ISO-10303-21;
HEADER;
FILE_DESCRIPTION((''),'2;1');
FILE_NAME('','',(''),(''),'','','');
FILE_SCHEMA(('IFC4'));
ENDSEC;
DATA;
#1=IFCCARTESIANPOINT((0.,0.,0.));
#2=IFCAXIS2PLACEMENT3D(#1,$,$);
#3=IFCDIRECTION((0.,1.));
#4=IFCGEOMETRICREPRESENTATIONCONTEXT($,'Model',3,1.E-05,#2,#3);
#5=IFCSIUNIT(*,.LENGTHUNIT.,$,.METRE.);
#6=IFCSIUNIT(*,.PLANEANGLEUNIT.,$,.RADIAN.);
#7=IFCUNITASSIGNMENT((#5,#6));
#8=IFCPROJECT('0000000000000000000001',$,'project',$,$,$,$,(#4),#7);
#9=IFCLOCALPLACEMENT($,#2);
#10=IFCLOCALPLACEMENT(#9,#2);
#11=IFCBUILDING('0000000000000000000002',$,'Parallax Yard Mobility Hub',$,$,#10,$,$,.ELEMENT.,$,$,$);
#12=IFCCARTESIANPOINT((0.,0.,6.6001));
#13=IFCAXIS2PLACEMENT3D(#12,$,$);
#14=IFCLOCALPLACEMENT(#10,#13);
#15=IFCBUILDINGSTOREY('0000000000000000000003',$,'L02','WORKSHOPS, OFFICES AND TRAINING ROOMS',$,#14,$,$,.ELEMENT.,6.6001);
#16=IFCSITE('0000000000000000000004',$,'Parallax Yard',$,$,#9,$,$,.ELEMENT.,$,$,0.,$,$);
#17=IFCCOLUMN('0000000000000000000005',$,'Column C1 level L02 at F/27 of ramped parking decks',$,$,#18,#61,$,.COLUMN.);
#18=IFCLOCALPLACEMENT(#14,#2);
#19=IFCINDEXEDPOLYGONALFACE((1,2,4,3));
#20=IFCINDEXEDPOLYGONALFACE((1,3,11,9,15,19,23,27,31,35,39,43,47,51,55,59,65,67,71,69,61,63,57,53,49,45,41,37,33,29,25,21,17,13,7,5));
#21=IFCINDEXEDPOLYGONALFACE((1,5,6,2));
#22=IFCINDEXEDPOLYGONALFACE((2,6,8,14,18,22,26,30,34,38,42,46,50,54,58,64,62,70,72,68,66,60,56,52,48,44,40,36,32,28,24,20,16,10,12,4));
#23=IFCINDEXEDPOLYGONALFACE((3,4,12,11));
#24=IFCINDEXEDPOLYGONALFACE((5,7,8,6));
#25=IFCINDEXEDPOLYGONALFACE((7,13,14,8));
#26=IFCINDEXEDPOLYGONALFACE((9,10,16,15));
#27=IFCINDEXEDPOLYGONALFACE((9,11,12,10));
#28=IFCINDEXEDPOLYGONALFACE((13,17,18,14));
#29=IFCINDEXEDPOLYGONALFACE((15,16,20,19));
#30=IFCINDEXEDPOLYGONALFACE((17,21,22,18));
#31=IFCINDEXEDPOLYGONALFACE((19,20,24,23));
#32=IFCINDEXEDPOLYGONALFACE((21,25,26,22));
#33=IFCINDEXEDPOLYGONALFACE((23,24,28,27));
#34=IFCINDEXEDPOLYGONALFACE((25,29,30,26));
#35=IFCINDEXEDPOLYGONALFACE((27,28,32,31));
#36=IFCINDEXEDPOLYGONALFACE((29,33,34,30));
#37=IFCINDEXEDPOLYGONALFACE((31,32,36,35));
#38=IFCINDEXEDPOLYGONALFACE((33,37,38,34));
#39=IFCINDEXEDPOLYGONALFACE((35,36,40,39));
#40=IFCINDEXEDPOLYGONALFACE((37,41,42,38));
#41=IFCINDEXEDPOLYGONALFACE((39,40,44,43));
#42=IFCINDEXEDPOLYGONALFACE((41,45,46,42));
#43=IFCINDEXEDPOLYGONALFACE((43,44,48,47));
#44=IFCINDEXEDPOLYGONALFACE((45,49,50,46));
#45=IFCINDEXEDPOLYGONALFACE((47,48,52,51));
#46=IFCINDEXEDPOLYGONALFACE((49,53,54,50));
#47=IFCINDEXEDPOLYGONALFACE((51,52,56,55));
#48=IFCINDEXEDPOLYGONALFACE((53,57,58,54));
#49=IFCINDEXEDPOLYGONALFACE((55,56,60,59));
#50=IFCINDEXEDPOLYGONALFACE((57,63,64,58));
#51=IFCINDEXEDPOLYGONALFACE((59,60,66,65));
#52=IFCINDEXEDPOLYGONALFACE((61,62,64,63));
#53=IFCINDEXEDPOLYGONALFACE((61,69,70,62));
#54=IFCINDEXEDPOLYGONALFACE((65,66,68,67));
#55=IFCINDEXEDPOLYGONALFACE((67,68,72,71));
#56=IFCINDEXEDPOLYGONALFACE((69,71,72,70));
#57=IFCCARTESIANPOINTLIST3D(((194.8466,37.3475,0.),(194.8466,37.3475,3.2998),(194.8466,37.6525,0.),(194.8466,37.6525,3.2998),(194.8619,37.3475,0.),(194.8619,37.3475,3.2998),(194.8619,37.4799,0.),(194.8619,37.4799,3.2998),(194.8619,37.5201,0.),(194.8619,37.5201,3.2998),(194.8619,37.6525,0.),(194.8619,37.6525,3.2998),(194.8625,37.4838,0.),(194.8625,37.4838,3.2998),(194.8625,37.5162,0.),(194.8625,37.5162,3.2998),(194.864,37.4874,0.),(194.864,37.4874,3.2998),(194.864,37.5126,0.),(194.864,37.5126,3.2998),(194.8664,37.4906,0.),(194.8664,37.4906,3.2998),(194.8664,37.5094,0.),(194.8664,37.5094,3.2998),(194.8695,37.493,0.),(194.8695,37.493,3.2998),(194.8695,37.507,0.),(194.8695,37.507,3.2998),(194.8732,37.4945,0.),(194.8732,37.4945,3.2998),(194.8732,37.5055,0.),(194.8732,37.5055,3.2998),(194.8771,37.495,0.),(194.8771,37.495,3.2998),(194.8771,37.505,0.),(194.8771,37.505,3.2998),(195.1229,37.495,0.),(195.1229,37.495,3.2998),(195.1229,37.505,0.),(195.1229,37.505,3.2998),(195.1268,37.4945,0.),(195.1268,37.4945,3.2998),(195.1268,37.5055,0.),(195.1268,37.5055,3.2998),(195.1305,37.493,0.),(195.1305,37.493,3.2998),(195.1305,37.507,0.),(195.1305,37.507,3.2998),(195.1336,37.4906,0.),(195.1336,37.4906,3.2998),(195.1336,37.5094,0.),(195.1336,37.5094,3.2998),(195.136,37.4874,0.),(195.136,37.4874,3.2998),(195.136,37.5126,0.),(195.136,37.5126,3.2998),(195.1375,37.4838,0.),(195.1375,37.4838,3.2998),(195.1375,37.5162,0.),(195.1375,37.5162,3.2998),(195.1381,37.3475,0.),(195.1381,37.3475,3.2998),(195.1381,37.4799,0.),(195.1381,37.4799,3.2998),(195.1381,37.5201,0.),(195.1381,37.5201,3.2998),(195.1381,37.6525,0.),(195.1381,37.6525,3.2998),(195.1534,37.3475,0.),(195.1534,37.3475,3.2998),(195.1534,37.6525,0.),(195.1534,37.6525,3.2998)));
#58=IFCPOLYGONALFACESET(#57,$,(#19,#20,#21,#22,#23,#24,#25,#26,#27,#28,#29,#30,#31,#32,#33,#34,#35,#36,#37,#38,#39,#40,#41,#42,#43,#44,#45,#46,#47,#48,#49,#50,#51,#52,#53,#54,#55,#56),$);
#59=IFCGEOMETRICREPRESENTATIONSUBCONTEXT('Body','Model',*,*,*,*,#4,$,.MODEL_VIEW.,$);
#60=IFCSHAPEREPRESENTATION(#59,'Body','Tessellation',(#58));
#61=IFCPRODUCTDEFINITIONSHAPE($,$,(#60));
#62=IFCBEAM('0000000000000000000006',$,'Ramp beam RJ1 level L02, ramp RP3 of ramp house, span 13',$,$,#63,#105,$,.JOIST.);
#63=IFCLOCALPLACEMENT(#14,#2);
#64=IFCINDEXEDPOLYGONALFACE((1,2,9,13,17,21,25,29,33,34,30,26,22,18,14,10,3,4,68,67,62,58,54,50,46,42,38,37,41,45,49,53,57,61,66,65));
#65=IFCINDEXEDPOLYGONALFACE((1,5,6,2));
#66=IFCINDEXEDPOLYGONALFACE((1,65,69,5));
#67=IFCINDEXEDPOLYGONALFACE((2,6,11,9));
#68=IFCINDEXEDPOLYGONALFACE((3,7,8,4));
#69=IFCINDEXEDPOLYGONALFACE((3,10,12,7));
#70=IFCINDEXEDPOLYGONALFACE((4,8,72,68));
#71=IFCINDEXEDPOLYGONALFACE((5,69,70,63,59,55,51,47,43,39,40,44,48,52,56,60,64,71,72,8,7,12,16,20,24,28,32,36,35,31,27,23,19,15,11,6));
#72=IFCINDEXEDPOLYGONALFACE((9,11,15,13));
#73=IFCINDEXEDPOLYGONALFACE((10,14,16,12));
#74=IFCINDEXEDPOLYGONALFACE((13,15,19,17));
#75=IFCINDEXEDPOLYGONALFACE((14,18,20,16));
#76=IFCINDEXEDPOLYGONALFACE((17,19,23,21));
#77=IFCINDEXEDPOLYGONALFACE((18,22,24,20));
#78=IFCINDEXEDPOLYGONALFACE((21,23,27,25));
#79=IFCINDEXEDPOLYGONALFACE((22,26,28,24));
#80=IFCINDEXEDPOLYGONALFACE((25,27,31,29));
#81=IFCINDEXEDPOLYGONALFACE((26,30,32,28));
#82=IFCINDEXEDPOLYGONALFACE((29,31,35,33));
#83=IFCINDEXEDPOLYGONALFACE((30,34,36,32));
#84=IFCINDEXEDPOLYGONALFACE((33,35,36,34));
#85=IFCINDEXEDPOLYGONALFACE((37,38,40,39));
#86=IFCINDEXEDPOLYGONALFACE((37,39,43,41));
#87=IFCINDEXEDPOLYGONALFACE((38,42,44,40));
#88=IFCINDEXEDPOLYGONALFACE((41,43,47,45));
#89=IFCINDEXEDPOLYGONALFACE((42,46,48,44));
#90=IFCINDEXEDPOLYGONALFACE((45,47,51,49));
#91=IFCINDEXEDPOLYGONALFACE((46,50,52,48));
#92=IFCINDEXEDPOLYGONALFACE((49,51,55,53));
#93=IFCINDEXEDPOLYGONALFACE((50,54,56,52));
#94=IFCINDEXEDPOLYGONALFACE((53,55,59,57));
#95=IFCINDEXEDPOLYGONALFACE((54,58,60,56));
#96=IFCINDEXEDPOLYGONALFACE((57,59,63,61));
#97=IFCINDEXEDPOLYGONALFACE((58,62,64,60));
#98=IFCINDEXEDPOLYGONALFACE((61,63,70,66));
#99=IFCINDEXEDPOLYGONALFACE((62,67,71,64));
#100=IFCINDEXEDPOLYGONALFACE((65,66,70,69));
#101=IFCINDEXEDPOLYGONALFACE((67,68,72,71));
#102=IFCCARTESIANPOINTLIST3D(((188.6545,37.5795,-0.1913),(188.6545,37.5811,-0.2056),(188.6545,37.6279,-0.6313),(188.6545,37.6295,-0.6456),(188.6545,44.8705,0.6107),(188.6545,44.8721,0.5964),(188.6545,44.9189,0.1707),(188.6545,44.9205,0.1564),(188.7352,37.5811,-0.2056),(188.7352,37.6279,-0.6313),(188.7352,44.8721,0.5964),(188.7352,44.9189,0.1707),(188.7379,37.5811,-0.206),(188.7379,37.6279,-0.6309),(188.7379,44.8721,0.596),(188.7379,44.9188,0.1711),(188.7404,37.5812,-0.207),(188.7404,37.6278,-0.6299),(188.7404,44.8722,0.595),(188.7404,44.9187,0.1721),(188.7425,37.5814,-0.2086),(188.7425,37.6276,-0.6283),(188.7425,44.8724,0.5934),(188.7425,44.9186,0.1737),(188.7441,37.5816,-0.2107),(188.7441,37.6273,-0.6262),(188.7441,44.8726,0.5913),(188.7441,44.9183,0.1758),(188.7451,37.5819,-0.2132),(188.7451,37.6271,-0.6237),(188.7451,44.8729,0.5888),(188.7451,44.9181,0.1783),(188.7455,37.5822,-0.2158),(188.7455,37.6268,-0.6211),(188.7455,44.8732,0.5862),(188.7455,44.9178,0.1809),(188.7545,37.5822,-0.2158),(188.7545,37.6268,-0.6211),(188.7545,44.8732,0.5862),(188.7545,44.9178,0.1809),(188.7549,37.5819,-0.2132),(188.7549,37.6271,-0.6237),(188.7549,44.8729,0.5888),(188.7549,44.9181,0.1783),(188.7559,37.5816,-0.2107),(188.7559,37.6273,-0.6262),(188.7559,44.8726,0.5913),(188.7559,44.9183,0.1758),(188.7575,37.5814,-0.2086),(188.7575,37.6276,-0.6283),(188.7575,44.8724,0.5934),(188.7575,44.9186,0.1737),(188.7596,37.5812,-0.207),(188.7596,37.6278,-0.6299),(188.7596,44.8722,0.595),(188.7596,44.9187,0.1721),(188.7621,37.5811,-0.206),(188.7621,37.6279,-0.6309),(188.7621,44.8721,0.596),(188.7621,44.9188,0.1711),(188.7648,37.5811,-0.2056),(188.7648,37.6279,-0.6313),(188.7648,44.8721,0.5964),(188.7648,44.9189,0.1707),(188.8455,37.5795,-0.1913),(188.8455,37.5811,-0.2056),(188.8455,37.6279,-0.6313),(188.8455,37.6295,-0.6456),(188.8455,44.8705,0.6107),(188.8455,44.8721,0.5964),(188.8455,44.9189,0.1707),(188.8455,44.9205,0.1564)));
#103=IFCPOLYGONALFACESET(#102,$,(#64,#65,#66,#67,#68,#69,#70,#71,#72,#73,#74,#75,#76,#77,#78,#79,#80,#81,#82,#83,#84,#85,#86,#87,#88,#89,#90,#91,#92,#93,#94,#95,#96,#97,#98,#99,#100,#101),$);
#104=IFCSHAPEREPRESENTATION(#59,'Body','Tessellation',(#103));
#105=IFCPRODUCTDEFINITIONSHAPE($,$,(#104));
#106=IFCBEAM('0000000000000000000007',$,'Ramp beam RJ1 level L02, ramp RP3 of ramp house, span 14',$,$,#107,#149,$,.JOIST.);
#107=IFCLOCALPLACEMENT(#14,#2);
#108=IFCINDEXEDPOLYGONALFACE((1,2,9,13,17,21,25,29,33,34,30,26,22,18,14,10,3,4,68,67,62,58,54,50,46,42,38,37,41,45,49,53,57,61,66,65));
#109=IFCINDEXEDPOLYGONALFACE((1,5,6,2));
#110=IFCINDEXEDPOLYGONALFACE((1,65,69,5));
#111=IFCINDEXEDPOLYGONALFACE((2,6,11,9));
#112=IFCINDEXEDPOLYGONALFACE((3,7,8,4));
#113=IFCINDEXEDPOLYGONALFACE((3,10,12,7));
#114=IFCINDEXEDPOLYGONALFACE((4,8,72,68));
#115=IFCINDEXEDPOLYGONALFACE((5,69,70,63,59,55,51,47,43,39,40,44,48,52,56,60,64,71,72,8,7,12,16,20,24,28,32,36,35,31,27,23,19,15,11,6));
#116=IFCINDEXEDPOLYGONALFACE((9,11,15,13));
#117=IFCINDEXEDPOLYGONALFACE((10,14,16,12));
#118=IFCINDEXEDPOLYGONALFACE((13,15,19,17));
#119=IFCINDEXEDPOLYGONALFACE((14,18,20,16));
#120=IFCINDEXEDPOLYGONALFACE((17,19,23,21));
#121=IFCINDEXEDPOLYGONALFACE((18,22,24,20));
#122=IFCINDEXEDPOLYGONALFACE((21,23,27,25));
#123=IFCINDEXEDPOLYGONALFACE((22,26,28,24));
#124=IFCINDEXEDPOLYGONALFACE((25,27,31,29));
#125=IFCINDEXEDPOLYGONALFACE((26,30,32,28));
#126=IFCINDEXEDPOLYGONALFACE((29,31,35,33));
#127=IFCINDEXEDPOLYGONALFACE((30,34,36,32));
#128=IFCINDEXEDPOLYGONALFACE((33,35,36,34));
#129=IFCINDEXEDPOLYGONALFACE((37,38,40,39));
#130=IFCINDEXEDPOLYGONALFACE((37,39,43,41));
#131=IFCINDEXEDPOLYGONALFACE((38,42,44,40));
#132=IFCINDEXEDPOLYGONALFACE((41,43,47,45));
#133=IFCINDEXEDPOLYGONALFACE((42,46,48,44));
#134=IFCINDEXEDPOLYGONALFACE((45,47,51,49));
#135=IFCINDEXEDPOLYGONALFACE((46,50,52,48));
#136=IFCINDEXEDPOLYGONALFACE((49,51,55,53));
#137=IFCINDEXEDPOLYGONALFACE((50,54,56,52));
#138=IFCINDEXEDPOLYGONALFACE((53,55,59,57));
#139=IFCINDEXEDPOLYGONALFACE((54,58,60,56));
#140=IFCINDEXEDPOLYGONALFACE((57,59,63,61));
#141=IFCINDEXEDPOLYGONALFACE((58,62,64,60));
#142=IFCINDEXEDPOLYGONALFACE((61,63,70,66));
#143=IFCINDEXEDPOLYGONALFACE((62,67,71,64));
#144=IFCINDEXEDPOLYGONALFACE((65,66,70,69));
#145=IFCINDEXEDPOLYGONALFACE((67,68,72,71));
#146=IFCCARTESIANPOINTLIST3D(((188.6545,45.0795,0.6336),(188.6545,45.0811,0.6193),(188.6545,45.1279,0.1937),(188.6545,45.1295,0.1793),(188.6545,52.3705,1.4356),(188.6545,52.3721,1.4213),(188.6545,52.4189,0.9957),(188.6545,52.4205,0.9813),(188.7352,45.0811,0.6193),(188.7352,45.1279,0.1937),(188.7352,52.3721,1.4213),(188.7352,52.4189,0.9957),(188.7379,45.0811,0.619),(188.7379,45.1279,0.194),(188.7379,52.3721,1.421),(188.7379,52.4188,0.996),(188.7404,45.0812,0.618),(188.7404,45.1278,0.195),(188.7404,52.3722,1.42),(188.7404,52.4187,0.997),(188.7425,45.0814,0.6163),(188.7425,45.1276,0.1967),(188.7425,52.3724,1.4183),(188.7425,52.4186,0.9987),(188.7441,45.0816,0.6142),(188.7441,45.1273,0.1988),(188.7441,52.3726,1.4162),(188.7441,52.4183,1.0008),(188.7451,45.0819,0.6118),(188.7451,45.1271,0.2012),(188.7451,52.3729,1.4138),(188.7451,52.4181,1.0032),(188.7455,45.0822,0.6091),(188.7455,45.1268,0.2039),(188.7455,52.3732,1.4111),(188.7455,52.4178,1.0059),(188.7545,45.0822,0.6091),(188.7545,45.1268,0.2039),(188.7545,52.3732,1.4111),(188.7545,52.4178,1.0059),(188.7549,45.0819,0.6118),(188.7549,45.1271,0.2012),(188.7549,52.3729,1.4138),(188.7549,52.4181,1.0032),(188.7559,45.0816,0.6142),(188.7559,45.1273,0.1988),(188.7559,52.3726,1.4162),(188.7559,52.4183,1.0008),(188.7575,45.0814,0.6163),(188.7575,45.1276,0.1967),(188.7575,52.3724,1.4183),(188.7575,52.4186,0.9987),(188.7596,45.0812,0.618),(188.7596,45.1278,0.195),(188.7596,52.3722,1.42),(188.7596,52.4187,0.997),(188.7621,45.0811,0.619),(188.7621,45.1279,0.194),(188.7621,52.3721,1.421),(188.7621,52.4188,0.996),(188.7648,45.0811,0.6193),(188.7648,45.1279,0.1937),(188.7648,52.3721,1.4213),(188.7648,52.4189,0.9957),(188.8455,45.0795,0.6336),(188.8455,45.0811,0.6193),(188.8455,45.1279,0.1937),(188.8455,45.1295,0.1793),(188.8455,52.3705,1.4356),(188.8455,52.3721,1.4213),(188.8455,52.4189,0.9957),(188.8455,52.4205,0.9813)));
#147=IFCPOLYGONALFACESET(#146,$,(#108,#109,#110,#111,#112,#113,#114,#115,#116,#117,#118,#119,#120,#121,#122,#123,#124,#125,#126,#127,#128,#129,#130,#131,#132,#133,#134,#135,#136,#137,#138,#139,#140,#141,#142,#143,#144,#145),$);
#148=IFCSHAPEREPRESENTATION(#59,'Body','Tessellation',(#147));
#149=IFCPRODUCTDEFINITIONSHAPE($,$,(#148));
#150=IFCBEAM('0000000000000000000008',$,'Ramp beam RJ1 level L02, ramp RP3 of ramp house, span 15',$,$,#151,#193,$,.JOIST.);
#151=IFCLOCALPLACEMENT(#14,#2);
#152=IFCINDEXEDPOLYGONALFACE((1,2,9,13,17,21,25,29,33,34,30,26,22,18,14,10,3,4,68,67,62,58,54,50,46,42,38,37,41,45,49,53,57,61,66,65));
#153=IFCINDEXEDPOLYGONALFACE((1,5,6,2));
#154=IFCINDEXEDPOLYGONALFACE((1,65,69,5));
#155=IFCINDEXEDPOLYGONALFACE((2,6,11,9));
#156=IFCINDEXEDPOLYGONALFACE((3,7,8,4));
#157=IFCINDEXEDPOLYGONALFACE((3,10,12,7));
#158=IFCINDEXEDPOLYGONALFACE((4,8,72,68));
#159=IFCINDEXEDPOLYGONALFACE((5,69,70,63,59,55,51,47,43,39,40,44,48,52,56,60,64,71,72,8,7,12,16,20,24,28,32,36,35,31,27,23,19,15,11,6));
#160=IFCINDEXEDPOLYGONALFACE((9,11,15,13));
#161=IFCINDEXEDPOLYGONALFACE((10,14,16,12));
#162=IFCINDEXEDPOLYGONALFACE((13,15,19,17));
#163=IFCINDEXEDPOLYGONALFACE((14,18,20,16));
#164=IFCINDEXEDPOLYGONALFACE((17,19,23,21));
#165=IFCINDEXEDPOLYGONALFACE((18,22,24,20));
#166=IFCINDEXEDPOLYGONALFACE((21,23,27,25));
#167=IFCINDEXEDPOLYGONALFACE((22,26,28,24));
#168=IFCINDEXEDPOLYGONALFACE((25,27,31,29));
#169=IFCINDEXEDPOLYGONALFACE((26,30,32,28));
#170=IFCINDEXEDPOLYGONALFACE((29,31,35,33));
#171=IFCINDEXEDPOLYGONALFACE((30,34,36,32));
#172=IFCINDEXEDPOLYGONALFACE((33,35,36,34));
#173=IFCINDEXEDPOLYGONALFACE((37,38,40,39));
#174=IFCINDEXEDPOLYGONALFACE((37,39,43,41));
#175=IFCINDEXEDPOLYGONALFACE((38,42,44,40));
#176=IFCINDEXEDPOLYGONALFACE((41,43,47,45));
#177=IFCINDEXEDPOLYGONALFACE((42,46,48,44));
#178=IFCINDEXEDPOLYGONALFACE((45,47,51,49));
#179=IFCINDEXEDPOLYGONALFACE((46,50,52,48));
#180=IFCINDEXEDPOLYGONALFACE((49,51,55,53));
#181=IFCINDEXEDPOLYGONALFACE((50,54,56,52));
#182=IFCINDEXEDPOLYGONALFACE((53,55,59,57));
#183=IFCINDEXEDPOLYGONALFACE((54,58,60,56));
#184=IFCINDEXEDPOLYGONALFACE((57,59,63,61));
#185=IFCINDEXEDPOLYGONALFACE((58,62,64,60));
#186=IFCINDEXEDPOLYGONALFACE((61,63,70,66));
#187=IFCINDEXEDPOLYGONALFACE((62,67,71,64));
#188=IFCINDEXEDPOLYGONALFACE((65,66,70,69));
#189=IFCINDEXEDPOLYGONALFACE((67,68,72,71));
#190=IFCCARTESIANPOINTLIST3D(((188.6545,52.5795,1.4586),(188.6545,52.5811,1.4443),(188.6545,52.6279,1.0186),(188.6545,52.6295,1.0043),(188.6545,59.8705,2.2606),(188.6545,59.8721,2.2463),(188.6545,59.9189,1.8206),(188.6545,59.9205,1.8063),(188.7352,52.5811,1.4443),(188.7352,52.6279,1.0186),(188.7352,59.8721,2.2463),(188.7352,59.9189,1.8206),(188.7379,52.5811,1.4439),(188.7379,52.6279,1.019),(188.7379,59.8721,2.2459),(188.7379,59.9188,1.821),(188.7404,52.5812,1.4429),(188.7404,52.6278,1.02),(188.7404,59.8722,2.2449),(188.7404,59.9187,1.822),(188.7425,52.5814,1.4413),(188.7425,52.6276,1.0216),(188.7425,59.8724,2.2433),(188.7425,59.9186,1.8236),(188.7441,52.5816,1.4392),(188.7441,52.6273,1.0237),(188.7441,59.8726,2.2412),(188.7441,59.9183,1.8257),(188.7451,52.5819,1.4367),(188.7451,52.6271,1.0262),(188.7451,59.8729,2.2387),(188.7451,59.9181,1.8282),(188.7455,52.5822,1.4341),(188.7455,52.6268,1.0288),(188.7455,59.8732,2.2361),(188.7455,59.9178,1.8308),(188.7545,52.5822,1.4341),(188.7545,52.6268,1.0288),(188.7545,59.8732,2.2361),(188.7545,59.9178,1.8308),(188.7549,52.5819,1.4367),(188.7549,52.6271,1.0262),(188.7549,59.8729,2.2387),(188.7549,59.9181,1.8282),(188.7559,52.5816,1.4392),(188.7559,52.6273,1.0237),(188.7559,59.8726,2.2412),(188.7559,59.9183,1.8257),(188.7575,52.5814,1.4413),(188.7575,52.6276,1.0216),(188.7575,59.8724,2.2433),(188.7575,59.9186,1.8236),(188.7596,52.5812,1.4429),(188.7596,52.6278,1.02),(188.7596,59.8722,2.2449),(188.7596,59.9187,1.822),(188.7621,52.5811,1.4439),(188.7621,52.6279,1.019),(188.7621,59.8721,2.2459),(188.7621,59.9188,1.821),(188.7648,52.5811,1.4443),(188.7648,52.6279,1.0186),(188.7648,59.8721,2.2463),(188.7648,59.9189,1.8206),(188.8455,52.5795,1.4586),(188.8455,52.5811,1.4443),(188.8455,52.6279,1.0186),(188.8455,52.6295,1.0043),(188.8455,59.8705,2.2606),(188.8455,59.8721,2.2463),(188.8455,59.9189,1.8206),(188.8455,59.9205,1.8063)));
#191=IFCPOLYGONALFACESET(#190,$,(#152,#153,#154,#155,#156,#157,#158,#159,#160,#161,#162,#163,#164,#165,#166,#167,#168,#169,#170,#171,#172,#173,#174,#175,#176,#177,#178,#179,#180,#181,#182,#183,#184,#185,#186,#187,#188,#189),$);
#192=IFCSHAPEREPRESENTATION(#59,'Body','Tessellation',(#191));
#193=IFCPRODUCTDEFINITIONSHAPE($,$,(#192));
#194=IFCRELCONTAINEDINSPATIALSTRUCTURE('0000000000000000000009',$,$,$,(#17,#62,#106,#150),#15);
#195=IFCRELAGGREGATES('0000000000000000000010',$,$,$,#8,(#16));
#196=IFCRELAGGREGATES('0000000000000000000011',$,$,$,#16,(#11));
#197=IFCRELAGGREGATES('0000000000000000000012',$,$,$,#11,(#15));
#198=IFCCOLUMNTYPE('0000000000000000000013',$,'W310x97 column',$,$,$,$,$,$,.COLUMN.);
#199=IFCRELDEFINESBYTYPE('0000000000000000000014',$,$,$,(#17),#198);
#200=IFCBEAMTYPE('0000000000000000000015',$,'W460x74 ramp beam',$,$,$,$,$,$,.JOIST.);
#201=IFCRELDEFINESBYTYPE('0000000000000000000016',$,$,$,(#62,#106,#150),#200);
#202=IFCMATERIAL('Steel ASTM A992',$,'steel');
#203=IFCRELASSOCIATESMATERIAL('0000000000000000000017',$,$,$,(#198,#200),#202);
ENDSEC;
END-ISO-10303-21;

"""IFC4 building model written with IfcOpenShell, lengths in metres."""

from ifc_helpers import new_model, si_unit, direction, frame, origin, origin_2d, place, context, subcontext, project, spatial, i_section, extrude, material, material_profile, profile_set, type_object, element, save


model = new_model("IFC4")

# Units and contexts
model_context = context("Model", 3, precision=1e-05, world=origin(), true_north=direction((0.0, 1.0)))
body_context = subcontext(model_context, "Body", "Model", "MODEL_VIEW")
ifc_project = project(units=[si_unit("LENGTHUNIT", "METRE"), si_unit("PLANEANGLEUNIT", "RADIAN")], contexts=[model_context])

# Site, building, storey
site_placement = place(None, origin())
site = spatial("IfcSite", under=ifc_project, at=site_placement, Name="Parallax Yard", CompositionType="ELEMENT", RefElevation=0.0)
building_placement = place(site_placement, origin())
building = spatial("IfcBuilding", under=site, at=building_placement, Name="Parallax Yard Mobility Hub", CompositionType="ELEMENT")
storey_placement = place(building_placement, frame((0.0, 0.0, 6.6001)))
storey = spatial("IfcBuildingStorey", under=building, at=storey_placement, Name="L02", Description="WORKSHOPS, OFFICES AND TRAINING ROOMS", CompositionType="ELEMENT", Elevation=6.6001)

# Column
ifc_material_1 = material(Name="Steel ASTM A992", Category="steel")
ifc_material_profile_1 = material_profile(ifc_material_1, i_section(OverallWidth=0.3049, OverallDepth=0.3069, WebThickness=0.01, FlangeThickness=0.0154, FilletRadius=0.0151, at=origin_2d()), Name="W310x97")
ifc_profile_set_1 = profile_set([ifc_material_profile_1], Name="Steel ASTM A992")
column_type_1 = type_object("IfcColumnType", Name="W310x97 column", PredefinedType="COLUMN", material=ifc_profile_set_1)
for number, where, z_axis, x_axis, name in (
    (1, (195.0, 37.5, 0.0), (0.0, 0.0, 1.0), (0.0, 1.0, 0.0), "Column C1 level L02 at F/27 of ramped parking decks"),
):
    element("IfcColumn", number, at=place(storey_placement, frame(where, z_axis=z_axis, x_axis=x_axis)), inside=storey, type_object=column_type_1, Name=name, PredefinedType="COLUMN", context=body_context, shape_type="SweptSolid", body=[
        extrude(i_section(OverallWidth=0.3049, OverallDepth=0.3069, WebThickness=0.01, FlangeThickness=0.0154, FilletRadius=0.0151, at=origin_2d()), origin(), (0.0, 0.0, 1.0), 3.2998),
    ])

# Beams
ifc_material_profile_2 = material_profile(ifc_material_1, i_section(OverallWidth=0.1909, OverallDepth=0.457, WebThickness=0.009, FlangeThickness=0.0144, FilletRadius=0.0103, at=origin_2d()), Name="W460x74")
ifc_profile_set_2 = profile_set([ifc_material_profile_2], Name="Steel ASTM A992")
beam_type_1 = type_object("IfcBeamType", Name="W460x74 ramp beam", PredefinedType="JOIST", material=ifc_profile_set_2)
for number, where, z_axis, x_axis, name in (
    (2, (188.75, 37.6045, -0.4185), (0.0, 0.994005, 0.109339), (-1.0, 0.0, 0.0), "Ramp beam RJ1 level L02, ramp RP3 of ramp house, span 13"),
    (3, (188.75, 45.1045, 0.4065), (0.0, 0.994005, 0.109339), (-1.0, 0.0, 0.0), "Ramp beam RJ1 level L02, ramp RP3 of ramp house, span 14"),
    (4, (188.75, 52.6045, 1.2314), (0.0, 0.994005, 0.109339), (-1.0, 0.0, 0.0), "Ramp beam RJ1 level L02, ramp RP3 of ramp house, span 15"),
):
    element("IfcBeam", number, at=place(storey_placement, frame(where, z_axis=z_axis, x_axis=x_axis)), inside=storey, type_object=beam_type_1, Name=name, PredefinedType="JOIST", context=body_context, shape_type="SweptSolid", body=[
        extrude(i_section(OverallWidth=0.1909, OverallDepth=0.457, WebThickness=0.009, FlangeThickness=0.0144, FilletRadius=0.0103, at=origin_2d()), origin(), (0.0, 0.0, 1.0), 7.335),
    ])

save(model, "model.ifc")
